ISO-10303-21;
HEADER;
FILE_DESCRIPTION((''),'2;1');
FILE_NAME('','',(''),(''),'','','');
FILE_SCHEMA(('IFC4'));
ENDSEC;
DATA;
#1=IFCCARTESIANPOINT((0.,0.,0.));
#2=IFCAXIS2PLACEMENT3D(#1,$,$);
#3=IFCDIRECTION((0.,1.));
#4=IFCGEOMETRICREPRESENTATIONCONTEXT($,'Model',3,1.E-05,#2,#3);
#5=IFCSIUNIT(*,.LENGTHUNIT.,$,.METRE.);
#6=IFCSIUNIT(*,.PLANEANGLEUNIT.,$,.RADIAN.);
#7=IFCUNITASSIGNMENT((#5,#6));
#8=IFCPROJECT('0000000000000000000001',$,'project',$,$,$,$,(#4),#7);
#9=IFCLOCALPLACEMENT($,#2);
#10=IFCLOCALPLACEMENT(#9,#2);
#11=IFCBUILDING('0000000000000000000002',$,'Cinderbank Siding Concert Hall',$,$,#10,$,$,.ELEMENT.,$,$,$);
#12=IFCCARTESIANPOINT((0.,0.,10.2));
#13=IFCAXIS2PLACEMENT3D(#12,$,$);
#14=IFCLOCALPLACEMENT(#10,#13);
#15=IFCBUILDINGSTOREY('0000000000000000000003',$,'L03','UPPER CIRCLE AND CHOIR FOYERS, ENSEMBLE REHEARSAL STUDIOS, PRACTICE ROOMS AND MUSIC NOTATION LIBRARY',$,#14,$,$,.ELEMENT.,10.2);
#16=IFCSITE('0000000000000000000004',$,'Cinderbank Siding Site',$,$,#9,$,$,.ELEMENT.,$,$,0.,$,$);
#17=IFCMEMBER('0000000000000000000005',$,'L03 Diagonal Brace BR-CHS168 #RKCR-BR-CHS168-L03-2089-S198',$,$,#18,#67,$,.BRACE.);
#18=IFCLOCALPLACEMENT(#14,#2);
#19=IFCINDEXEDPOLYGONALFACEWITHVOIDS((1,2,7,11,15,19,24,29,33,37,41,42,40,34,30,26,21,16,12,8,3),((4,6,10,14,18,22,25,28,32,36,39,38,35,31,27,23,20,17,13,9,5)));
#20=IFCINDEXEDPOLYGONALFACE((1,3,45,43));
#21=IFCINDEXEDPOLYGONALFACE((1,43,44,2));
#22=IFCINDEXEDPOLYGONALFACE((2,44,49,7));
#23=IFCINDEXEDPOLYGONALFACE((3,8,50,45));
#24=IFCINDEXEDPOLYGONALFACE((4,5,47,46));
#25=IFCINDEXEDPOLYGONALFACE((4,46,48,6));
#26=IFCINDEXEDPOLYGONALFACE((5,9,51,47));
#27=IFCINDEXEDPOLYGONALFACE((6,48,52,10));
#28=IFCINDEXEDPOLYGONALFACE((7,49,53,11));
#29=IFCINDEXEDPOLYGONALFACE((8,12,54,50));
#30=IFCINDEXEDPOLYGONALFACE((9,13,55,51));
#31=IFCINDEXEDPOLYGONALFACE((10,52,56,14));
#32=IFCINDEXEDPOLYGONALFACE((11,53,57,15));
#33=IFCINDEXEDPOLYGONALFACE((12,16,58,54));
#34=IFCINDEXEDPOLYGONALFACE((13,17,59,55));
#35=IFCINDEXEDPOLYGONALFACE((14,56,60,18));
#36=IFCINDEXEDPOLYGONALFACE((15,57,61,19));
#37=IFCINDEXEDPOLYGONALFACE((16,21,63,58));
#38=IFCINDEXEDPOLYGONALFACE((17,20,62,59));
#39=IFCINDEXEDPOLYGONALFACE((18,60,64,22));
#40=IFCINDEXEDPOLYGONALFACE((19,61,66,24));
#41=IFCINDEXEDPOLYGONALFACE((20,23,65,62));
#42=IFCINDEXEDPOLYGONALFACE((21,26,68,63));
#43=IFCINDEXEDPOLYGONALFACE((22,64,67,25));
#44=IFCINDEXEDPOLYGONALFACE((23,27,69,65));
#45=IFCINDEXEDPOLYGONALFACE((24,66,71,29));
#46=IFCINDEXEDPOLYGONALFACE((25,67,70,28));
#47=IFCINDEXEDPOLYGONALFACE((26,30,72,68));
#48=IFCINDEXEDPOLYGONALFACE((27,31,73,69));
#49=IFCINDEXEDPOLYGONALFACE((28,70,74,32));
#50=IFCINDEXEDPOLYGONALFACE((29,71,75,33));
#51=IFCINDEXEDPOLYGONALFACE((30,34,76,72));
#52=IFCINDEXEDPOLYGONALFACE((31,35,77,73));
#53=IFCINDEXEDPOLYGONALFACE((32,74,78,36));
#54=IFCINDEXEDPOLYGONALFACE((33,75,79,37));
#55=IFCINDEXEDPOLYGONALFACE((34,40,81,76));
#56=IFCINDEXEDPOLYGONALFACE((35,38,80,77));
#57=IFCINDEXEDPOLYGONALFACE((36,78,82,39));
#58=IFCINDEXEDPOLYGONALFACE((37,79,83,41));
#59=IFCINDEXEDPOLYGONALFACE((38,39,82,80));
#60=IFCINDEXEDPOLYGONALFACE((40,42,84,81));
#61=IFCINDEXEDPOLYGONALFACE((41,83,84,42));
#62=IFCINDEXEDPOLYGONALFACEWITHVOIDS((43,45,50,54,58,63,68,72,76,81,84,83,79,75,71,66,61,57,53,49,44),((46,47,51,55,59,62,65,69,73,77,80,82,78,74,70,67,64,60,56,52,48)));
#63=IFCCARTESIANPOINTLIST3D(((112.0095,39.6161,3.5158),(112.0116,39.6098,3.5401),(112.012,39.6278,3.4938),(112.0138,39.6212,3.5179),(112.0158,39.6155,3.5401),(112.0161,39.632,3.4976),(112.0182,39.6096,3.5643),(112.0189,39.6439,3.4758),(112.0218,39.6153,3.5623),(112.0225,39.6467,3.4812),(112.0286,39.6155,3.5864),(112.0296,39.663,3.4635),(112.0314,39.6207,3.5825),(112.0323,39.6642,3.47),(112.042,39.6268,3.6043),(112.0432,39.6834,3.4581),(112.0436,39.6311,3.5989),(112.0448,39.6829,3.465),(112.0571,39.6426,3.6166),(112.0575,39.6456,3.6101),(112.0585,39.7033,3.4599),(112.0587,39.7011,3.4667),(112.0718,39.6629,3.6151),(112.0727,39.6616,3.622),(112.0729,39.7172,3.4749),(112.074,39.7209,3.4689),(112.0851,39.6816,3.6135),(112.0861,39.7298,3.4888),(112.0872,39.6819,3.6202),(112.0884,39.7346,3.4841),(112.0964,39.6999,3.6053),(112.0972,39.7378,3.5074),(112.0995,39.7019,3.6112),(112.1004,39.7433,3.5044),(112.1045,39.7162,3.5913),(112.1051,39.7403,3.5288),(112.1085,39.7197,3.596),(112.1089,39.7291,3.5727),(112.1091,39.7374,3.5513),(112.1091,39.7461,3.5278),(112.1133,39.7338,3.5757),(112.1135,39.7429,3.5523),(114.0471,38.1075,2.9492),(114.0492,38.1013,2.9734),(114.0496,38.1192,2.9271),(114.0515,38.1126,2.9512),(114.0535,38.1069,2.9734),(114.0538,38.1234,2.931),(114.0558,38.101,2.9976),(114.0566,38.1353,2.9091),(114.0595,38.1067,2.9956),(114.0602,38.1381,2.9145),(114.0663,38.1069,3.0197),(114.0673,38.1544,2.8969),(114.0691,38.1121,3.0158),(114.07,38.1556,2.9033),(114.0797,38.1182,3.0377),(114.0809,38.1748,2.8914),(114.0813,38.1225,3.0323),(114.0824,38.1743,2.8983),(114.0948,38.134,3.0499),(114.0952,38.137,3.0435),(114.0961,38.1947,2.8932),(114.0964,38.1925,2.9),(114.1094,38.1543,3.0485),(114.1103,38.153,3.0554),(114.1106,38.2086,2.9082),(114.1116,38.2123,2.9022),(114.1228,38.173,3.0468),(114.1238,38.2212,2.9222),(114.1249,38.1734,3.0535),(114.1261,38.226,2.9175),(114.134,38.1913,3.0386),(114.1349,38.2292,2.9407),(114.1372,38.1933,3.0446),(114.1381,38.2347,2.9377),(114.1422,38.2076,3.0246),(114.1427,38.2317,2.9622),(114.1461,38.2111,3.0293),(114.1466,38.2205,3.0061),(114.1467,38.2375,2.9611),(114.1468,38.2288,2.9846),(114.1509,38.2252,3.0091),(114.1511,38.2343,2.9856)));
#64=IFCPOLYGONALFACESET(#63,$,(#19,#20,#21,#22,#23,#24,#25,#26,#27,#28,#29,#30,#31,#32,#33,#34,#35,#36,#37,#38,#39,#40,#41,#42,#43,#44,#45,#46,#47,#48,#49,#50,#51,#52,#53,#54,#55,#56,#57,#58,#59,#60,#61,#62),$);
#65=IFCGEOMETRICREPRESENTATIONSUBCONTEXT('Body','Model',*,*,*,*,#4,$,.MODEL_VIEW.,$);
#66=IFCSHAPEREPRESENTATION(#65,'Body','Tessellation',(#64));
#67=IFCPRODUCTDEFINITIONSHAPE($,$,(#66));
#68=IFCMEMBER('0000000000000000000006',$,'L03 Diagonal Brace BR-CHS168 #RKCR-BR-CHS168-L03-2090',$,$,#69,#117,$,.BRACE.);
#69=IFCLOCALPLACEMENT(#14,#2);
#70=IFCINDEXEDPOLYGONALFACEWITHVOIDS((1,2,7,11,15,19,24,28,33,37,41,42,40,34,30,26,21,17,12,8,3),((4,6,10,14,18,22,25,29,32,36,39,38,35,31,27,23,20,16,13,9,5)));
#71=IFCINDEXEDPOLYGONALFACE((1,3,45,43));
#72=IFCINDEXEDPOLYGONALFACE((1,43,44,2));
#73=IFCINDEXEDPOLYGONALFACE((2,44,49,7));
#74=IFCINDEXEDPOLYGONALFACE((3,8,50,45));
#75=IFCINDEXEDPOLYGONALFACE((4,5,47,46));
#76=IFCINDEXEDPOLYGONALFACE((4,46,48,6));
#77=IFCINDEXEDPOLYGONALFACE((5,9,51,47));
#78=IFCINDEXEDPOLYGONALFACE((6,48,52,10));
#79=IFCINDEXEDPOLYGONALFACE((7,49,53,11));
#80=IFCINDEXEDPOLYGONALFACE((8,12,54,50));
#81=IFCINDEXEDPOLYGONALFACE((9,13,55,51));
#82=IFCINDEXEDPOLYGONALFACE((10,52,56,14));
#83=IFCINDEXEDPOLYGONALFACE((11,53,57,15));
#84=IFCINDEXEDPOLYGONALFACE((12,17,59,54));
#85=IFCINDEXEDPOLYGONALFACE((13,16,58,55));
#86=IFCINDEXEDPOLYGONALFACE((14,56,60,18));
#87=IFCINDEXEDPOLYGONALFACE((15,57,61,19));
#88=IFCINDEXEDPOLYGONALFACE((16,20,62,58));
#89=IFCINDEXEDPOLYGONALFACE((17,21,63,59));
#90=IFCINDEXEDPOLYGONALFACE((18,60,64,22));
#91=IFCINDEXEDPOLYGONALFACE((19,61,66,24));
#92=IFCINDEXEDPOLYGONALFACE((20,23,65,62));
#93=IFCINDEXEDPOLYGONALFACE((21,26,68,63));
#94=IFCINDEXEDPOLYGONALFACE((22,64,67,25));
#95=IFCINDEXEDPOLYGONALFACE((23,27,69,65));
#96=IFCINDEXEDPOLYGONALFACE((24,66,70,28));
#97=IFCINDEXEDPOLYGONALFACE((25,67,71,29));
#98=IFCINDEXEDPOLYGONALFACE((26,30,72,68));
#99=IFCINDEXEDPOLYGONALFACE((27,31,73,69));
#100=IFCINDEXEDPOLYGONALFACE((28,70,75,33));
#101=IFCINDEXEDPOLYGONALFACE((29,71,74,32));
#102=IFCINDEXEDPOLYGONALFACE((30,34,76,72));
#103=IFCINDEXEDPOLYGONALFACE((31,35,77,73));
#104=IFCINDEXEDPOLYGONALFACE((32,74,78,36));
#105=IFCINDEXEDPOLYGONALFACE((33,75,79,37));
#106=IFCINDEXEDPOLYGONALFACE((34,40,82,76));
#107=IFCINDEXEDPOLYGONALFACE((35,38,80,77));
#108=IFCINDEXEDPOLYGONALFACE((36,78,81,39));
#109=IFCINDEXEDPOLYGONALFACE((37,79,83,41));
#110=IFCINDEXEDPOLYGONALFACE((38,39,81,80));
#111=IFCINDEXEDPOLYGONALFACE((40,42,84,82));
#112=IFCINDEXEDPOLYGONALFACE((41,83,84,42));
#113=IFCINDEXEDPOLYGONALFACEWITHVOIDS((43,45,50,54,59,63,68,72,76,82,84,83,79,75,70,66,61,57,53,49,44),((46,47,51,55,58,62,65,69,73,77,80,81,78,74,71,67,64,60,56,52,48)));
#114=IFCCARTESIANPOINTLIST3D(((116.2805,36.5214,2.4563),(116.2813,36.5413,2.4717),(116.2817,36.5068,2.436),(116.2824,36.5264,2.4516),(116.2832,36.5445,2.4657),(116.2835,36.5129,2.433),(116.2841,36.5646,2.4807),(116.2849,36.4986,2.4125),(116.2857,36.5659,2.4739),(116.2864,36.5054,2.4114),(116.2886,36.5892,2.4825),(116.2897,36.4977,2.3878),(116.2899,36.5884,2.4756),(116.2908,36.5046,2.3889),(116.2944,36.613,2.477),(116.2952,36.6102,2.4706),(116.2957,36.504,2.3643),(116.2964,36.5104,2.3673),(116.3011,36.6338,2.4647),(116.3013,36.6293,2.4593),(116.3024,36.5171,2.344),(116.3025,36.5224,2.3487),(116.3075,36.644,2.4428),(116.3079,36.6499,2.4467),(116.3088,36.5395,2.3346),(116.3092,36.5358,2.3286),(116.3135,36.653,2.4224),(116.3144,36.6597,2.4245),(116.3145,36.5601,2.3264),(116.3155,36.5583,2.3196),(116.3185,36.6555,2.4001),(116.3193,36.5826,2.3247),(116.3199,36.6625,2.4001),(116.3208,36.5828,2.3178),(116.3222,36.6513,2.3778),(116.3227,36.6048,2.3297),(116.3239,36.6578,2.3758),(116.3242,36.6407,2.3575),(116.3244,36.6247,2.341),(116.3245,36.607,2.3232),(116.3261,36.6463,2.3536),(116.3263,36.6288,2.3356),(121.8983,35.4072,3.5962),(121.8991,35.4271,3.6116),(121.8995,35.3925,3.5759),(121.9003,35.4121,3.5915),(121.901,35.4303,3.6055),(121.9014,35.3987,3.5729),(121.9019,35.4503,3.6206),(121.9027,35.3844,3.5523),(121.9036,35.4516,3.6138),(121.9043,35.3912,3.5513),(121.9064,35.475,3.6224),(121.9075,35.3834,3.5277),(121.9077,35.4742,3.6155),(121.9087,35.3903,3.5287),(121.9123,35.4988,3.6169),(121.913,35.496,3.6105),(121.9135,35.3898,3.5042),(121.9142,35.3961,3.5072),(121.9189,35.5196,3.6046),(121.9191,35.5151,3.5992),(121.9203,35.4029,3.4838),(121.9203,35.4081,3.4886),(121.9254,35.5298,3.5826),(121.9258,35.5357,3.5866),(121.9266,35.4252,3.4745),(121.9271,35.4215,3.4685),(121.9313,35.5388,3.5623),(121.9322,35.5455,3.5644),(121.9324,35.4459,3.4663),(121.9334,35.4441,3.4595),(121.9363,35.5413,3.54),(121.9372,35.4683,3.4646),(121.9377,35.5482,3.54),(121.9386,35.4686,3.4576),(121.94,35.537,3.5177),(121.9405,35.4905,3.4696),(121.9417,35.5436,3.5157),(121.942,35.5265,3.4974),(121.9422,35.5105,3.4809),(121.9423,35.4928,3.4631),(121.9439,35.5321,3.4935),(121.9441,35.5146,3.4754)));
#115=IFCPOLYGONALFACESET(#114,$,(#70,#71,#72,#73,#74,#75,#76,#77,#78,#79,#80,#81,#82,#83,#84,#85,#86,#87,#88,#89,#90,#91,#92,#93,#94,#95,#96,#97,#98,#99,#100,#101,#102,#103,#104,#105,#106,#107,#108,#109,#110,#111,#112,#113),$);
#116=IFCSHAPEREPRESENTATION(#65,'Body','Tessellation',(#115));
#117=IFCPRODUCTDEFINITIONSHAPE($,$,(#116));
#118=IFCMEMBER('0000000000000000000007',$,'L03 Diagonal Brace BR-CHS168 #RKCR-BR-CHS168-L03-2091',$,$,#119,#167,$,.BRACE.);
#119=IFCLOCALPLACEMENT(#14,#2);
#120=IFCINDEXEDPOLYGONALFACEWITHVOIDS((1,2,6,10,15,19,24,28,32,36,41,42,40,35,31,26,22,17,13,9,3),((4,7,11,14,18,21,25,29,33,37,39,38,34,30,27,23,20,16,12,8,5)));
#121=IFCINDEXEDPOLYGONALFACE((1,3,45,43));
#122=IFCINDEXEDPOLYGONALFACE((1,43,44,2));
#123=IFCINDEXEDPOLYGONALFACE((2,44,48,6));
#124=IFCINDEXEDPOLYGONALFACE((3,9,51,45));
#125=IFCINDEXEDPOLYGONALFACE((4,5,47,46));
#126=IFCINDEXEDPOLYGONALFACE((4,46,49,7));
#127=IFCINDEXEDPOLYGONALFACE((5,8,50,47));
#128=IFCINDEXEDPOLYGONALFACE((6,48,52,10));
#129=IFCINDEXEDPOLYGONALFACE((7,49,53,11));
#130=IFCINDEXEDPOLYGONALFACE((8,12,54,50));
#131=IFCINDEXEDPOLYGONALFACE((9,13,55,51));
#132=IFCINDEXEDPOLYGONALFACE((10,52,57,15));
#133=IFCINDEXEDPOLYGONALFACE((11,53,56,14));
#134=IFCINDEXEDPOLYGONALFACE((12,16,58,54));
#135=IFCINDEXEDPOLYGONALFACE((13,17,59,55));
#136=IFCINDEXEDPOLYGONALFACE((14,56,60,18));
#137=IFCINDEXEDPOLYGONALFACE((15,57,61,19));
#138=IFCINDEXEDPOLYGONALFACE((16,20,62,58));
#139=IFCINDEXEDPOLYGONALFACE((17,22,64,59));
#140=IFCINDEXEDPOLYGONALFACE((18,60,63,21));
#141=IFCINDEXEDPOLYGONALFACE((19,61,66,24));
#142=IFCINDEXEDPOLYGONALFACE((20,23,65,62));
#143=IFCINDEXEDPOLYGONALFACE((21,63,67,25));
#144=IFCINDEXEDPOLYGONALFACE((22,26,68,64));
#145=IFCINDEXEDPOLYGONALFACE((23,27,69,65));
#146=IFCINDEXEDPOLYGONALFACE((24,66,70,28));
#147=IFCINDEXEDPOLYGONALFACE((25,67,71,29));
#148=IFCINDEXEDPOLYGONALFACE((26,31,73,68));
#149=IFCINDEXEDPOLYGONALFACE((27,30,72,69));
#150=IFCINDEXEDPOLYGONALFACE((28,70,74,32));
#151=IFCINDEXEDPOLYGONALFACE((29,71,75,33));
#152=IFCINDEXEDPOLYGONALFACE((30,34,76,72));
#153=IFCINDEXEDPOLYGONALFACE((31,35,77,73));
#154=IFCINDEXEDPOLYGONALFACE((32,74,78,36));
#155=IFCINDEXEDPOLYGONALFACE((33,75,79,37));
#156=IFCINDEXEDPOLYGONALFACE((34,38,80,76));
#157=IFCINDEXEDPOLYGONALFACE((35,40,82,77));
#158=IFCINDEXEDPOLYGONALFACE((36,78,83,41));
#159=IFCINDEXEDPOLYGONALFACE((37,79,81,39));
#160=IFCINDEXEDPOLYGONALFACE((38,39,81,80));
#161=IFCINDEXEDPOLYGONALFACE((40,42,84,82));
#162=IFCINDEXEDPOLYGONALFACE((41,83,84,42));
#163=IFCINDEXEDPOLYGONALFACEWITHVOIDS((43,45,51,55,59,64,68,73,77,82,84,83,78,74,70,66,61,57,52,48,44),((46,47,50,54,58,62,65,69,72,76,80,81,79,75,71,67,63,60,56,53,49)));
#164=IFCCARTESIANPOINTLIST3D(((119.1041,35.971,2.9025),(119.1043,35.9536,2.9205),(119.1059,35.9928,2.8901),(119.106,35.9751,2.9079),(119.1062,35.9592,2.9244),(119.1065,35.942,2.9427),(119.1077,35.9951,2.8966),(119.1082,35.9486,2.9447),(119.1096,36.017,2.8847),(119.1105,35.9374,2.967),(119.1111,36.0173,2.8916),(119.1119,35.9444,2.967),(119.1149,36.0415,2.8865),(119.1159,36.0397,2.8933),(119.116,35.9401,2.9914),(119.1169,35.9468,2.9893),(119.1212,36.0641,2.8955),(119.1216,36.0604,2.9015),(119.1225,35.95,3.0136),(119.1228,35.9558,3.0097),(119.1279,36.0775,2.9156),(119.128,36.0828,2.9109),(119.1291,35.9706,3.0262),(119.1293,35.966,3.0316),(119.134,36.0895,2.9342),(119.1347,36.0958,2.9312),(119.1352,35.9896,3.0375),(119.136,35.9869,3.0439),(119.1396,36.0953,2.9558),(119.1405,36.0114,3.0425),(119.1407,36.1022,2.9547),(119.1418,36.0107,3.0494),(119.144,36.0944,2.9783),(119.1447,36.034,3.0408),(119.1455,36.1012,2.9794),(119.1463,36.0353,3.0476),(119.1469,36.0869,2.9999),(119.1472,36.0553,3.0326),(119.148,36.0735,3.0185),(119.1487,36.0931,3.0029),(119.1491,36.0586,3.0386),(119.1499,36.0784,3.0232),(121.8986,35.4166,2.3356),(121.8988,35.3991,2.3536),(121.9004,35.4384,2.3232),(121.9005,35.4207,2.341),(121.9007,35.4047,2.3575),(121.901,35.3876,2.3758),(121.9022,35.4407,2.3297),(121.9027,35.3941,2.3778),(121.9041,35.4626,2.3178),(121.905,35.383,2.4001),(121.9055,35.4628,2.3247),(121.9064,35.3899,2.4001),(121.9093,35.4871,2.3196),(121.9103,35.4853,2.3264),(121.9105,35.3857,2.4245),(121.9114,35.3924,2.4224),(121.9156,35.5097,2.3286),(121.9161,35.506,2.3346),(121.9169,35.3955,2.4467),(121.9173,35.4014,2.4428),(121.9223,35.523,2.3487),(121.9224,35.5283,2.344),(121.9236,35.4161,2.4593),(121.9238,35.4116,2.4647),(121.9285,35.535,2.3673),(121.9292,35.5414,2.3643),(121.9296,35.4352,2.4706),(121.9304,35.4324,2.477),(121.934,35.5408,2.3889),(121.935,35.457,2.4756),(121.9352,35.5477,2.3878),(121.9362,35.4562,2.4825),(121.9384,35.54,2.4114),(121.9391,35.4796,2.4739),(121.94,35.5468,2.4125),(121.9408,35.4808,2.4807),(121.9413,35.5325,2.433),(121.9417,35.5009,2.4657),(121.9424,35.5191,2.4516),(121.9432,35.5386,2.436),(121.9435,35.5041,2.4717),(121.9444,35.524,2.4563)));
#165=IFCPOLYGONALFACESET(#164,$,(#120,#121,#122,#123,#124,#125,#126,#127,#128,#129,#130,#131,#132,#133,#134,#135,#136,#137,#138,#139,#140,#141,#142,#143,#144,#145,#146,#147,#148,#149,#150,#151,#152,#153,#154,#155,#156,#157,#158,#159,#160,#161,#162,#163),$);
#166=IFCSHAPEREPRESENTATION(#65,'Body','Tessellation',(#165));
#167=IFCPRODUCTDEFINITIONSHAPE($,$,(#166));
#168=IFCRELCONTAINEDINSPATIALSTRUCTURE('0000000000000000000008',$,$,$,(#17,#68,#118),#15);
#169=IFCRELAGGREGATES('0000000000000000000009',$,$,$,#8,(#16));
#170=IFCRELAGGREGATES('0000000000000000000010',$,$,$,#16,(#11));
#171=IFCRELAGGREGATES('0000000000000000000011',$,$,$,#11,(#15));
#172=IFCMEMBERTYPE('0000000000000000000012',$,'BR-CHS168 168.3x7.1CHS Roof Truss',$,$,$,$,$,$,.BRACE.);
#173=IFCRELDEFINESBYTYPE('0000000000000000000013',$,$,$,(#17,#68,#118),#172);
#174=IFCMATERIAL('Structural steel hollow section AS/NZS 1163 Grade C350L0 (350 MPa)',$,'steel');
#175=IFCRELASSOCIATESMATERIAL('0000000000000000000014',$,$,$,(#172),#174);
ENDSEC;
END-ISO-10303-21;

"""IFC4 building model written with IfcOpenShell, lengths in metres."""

from ifc_helpers import new_model, si_unit, direction, frame, origin, origin_2d, place, context, subcontext, project, spatial, hollow_circle, extrude, material, material_profile, profile_set, type_object, element, save


model = new_model("IFC4")

# Units and contexts
model_context = context("Model", 3, precision=1e-05, world=origin(), true_north=direction((0.0, 1.0)))
body_context = subcontext(model_context, "Body", "Model", "MODEL_VIEW")
ifc_project = project(units=[si_unit("LENGTHUNIT", "METRE"), si_unit("PLANEANGLEUNIT", "RADIAN")], contexts=[model_context])

# Site, building, storey
site_placement = place(None, origin())
site = spatial("IfcSite", under=ifc_project, at=site_placement, Name="Cinderbank Siding Site", CompositionType="ELEMENT", RefElevation=0.0)
building_placement = place(site_placement, origin())
building = spatial("IfcBuilding", under=site, at=building_placement, Name="Cinderbank Siding Concert Hall", CompositionType="ELEMENT")
storey_placement = place(building_placement, frame((0.0, 0.0, 10.2)))
storey = spatial("IfcBuildingStorey", under=building, at=storey_placement, Name="L03", Description="UPPER CIRCLE AND CHOIR FOYERS, ENSEMBLE REHEARSAL STUDIOS, PRACTICE ROOMS AND MUSIC NOTATION LIBRARY", CompositionType="ELEMENT", Elevation=10.2)

# Shared definitions
ifc_material_1 = material(Name="Structural steel hollow section AS/NZS 1163 Grade C350L0 (350 MPa)", Category="steel")

# Members
ifc_material_profile_1 = material_profile(ifc_material_1, hollow_circle(Radius=0.0842, WallThickness=0.0071, at=origin_2d()), Name="168.3x7.1CHS", Category="LoadBearing")
ifc_profile_set_1 = profile_set([ifc_material_profile_1], Name="Structural steel hollow section AS/NZS 1163 Grade C350L0 (350 MPa)")
member_type_1 = type_object("IfcMemberType", Name="BR-CHS168 168.3x7.1CHS Roof Truss", PredefinedType="BRACE", material=ifc_profile_set_1)
for number, where, z_axis, x_axis, name in (
    (1, (114.0994, 38.1689, 2.9734), (-0.784353, 0.580699, 0.218126), (-0.595027, -0.803706, 0.0), "L03 Diagonal Brace BR-CHS168 #RKCR-BR-CHS168-L03-2089-S198"),
):
    element("IfcMember", number, at=place(storey_placement, frame(where, z_axis=z_axis, x_axis=x_axis)), inside=storey, type_object=member_type_1, Name=name, PredefinedType="BRACE", context=body_context, shape_type="SweptSolid", body=[
        extrude(hollow_circle(Radius=0.0842, WallThickness=0.0071, at=origin_2d()), origin(), (0.0, 0.0, 1.0), 2.5979),
    ])
member_1_placement = place(storey_placement, frame((116.3035, 36.5798, 2.4001), z_axis=(0.962024, -0.190808, 0.195198), x_axis=(0.19455, 0.980893, 0.0)))
element("IfcMember", 2, at=member_1_placement, inside=storey, type_object=member_type_1, Name="L03 Diagonal Brace BR-CHS168 #RKCR-BR-CHS168-L03-2090", PredefinedType="BRACE", context=body_context, shape_type="SweptSolid", body=[
    extrude(hollow_circle(Radius=0.0842, WallThickness=0.0071, at=origin_2d()), origin(), (0.0, 0.0, 1.0), 5.8396),
])
member_2_placement = place(storey_placement, frame((121.9214, 35.4656, 2.4001), z_axis=(-0.962018, 0.190874, 0.19516), x_axis=(-0.194616, -0.980879, 0.0)))
element("IfcMember", 3, at=member_2_placement, inside=storey, type_object=member_type_1, Name="L03 Diagonal Brace BR-CHS168 #RKCR-BR-CHS168-L03-2091", PredefinedType="BRACE", context=body_context, shape_type="SweptSolid", body=[
    extrude(hollow_circle(Radius=0.0842, WallThickness=0.0071, at=origin_2d()), origin(), (0.0, 0.0, 1.0), 2.9048),
])

save(model, "model.ifc")
